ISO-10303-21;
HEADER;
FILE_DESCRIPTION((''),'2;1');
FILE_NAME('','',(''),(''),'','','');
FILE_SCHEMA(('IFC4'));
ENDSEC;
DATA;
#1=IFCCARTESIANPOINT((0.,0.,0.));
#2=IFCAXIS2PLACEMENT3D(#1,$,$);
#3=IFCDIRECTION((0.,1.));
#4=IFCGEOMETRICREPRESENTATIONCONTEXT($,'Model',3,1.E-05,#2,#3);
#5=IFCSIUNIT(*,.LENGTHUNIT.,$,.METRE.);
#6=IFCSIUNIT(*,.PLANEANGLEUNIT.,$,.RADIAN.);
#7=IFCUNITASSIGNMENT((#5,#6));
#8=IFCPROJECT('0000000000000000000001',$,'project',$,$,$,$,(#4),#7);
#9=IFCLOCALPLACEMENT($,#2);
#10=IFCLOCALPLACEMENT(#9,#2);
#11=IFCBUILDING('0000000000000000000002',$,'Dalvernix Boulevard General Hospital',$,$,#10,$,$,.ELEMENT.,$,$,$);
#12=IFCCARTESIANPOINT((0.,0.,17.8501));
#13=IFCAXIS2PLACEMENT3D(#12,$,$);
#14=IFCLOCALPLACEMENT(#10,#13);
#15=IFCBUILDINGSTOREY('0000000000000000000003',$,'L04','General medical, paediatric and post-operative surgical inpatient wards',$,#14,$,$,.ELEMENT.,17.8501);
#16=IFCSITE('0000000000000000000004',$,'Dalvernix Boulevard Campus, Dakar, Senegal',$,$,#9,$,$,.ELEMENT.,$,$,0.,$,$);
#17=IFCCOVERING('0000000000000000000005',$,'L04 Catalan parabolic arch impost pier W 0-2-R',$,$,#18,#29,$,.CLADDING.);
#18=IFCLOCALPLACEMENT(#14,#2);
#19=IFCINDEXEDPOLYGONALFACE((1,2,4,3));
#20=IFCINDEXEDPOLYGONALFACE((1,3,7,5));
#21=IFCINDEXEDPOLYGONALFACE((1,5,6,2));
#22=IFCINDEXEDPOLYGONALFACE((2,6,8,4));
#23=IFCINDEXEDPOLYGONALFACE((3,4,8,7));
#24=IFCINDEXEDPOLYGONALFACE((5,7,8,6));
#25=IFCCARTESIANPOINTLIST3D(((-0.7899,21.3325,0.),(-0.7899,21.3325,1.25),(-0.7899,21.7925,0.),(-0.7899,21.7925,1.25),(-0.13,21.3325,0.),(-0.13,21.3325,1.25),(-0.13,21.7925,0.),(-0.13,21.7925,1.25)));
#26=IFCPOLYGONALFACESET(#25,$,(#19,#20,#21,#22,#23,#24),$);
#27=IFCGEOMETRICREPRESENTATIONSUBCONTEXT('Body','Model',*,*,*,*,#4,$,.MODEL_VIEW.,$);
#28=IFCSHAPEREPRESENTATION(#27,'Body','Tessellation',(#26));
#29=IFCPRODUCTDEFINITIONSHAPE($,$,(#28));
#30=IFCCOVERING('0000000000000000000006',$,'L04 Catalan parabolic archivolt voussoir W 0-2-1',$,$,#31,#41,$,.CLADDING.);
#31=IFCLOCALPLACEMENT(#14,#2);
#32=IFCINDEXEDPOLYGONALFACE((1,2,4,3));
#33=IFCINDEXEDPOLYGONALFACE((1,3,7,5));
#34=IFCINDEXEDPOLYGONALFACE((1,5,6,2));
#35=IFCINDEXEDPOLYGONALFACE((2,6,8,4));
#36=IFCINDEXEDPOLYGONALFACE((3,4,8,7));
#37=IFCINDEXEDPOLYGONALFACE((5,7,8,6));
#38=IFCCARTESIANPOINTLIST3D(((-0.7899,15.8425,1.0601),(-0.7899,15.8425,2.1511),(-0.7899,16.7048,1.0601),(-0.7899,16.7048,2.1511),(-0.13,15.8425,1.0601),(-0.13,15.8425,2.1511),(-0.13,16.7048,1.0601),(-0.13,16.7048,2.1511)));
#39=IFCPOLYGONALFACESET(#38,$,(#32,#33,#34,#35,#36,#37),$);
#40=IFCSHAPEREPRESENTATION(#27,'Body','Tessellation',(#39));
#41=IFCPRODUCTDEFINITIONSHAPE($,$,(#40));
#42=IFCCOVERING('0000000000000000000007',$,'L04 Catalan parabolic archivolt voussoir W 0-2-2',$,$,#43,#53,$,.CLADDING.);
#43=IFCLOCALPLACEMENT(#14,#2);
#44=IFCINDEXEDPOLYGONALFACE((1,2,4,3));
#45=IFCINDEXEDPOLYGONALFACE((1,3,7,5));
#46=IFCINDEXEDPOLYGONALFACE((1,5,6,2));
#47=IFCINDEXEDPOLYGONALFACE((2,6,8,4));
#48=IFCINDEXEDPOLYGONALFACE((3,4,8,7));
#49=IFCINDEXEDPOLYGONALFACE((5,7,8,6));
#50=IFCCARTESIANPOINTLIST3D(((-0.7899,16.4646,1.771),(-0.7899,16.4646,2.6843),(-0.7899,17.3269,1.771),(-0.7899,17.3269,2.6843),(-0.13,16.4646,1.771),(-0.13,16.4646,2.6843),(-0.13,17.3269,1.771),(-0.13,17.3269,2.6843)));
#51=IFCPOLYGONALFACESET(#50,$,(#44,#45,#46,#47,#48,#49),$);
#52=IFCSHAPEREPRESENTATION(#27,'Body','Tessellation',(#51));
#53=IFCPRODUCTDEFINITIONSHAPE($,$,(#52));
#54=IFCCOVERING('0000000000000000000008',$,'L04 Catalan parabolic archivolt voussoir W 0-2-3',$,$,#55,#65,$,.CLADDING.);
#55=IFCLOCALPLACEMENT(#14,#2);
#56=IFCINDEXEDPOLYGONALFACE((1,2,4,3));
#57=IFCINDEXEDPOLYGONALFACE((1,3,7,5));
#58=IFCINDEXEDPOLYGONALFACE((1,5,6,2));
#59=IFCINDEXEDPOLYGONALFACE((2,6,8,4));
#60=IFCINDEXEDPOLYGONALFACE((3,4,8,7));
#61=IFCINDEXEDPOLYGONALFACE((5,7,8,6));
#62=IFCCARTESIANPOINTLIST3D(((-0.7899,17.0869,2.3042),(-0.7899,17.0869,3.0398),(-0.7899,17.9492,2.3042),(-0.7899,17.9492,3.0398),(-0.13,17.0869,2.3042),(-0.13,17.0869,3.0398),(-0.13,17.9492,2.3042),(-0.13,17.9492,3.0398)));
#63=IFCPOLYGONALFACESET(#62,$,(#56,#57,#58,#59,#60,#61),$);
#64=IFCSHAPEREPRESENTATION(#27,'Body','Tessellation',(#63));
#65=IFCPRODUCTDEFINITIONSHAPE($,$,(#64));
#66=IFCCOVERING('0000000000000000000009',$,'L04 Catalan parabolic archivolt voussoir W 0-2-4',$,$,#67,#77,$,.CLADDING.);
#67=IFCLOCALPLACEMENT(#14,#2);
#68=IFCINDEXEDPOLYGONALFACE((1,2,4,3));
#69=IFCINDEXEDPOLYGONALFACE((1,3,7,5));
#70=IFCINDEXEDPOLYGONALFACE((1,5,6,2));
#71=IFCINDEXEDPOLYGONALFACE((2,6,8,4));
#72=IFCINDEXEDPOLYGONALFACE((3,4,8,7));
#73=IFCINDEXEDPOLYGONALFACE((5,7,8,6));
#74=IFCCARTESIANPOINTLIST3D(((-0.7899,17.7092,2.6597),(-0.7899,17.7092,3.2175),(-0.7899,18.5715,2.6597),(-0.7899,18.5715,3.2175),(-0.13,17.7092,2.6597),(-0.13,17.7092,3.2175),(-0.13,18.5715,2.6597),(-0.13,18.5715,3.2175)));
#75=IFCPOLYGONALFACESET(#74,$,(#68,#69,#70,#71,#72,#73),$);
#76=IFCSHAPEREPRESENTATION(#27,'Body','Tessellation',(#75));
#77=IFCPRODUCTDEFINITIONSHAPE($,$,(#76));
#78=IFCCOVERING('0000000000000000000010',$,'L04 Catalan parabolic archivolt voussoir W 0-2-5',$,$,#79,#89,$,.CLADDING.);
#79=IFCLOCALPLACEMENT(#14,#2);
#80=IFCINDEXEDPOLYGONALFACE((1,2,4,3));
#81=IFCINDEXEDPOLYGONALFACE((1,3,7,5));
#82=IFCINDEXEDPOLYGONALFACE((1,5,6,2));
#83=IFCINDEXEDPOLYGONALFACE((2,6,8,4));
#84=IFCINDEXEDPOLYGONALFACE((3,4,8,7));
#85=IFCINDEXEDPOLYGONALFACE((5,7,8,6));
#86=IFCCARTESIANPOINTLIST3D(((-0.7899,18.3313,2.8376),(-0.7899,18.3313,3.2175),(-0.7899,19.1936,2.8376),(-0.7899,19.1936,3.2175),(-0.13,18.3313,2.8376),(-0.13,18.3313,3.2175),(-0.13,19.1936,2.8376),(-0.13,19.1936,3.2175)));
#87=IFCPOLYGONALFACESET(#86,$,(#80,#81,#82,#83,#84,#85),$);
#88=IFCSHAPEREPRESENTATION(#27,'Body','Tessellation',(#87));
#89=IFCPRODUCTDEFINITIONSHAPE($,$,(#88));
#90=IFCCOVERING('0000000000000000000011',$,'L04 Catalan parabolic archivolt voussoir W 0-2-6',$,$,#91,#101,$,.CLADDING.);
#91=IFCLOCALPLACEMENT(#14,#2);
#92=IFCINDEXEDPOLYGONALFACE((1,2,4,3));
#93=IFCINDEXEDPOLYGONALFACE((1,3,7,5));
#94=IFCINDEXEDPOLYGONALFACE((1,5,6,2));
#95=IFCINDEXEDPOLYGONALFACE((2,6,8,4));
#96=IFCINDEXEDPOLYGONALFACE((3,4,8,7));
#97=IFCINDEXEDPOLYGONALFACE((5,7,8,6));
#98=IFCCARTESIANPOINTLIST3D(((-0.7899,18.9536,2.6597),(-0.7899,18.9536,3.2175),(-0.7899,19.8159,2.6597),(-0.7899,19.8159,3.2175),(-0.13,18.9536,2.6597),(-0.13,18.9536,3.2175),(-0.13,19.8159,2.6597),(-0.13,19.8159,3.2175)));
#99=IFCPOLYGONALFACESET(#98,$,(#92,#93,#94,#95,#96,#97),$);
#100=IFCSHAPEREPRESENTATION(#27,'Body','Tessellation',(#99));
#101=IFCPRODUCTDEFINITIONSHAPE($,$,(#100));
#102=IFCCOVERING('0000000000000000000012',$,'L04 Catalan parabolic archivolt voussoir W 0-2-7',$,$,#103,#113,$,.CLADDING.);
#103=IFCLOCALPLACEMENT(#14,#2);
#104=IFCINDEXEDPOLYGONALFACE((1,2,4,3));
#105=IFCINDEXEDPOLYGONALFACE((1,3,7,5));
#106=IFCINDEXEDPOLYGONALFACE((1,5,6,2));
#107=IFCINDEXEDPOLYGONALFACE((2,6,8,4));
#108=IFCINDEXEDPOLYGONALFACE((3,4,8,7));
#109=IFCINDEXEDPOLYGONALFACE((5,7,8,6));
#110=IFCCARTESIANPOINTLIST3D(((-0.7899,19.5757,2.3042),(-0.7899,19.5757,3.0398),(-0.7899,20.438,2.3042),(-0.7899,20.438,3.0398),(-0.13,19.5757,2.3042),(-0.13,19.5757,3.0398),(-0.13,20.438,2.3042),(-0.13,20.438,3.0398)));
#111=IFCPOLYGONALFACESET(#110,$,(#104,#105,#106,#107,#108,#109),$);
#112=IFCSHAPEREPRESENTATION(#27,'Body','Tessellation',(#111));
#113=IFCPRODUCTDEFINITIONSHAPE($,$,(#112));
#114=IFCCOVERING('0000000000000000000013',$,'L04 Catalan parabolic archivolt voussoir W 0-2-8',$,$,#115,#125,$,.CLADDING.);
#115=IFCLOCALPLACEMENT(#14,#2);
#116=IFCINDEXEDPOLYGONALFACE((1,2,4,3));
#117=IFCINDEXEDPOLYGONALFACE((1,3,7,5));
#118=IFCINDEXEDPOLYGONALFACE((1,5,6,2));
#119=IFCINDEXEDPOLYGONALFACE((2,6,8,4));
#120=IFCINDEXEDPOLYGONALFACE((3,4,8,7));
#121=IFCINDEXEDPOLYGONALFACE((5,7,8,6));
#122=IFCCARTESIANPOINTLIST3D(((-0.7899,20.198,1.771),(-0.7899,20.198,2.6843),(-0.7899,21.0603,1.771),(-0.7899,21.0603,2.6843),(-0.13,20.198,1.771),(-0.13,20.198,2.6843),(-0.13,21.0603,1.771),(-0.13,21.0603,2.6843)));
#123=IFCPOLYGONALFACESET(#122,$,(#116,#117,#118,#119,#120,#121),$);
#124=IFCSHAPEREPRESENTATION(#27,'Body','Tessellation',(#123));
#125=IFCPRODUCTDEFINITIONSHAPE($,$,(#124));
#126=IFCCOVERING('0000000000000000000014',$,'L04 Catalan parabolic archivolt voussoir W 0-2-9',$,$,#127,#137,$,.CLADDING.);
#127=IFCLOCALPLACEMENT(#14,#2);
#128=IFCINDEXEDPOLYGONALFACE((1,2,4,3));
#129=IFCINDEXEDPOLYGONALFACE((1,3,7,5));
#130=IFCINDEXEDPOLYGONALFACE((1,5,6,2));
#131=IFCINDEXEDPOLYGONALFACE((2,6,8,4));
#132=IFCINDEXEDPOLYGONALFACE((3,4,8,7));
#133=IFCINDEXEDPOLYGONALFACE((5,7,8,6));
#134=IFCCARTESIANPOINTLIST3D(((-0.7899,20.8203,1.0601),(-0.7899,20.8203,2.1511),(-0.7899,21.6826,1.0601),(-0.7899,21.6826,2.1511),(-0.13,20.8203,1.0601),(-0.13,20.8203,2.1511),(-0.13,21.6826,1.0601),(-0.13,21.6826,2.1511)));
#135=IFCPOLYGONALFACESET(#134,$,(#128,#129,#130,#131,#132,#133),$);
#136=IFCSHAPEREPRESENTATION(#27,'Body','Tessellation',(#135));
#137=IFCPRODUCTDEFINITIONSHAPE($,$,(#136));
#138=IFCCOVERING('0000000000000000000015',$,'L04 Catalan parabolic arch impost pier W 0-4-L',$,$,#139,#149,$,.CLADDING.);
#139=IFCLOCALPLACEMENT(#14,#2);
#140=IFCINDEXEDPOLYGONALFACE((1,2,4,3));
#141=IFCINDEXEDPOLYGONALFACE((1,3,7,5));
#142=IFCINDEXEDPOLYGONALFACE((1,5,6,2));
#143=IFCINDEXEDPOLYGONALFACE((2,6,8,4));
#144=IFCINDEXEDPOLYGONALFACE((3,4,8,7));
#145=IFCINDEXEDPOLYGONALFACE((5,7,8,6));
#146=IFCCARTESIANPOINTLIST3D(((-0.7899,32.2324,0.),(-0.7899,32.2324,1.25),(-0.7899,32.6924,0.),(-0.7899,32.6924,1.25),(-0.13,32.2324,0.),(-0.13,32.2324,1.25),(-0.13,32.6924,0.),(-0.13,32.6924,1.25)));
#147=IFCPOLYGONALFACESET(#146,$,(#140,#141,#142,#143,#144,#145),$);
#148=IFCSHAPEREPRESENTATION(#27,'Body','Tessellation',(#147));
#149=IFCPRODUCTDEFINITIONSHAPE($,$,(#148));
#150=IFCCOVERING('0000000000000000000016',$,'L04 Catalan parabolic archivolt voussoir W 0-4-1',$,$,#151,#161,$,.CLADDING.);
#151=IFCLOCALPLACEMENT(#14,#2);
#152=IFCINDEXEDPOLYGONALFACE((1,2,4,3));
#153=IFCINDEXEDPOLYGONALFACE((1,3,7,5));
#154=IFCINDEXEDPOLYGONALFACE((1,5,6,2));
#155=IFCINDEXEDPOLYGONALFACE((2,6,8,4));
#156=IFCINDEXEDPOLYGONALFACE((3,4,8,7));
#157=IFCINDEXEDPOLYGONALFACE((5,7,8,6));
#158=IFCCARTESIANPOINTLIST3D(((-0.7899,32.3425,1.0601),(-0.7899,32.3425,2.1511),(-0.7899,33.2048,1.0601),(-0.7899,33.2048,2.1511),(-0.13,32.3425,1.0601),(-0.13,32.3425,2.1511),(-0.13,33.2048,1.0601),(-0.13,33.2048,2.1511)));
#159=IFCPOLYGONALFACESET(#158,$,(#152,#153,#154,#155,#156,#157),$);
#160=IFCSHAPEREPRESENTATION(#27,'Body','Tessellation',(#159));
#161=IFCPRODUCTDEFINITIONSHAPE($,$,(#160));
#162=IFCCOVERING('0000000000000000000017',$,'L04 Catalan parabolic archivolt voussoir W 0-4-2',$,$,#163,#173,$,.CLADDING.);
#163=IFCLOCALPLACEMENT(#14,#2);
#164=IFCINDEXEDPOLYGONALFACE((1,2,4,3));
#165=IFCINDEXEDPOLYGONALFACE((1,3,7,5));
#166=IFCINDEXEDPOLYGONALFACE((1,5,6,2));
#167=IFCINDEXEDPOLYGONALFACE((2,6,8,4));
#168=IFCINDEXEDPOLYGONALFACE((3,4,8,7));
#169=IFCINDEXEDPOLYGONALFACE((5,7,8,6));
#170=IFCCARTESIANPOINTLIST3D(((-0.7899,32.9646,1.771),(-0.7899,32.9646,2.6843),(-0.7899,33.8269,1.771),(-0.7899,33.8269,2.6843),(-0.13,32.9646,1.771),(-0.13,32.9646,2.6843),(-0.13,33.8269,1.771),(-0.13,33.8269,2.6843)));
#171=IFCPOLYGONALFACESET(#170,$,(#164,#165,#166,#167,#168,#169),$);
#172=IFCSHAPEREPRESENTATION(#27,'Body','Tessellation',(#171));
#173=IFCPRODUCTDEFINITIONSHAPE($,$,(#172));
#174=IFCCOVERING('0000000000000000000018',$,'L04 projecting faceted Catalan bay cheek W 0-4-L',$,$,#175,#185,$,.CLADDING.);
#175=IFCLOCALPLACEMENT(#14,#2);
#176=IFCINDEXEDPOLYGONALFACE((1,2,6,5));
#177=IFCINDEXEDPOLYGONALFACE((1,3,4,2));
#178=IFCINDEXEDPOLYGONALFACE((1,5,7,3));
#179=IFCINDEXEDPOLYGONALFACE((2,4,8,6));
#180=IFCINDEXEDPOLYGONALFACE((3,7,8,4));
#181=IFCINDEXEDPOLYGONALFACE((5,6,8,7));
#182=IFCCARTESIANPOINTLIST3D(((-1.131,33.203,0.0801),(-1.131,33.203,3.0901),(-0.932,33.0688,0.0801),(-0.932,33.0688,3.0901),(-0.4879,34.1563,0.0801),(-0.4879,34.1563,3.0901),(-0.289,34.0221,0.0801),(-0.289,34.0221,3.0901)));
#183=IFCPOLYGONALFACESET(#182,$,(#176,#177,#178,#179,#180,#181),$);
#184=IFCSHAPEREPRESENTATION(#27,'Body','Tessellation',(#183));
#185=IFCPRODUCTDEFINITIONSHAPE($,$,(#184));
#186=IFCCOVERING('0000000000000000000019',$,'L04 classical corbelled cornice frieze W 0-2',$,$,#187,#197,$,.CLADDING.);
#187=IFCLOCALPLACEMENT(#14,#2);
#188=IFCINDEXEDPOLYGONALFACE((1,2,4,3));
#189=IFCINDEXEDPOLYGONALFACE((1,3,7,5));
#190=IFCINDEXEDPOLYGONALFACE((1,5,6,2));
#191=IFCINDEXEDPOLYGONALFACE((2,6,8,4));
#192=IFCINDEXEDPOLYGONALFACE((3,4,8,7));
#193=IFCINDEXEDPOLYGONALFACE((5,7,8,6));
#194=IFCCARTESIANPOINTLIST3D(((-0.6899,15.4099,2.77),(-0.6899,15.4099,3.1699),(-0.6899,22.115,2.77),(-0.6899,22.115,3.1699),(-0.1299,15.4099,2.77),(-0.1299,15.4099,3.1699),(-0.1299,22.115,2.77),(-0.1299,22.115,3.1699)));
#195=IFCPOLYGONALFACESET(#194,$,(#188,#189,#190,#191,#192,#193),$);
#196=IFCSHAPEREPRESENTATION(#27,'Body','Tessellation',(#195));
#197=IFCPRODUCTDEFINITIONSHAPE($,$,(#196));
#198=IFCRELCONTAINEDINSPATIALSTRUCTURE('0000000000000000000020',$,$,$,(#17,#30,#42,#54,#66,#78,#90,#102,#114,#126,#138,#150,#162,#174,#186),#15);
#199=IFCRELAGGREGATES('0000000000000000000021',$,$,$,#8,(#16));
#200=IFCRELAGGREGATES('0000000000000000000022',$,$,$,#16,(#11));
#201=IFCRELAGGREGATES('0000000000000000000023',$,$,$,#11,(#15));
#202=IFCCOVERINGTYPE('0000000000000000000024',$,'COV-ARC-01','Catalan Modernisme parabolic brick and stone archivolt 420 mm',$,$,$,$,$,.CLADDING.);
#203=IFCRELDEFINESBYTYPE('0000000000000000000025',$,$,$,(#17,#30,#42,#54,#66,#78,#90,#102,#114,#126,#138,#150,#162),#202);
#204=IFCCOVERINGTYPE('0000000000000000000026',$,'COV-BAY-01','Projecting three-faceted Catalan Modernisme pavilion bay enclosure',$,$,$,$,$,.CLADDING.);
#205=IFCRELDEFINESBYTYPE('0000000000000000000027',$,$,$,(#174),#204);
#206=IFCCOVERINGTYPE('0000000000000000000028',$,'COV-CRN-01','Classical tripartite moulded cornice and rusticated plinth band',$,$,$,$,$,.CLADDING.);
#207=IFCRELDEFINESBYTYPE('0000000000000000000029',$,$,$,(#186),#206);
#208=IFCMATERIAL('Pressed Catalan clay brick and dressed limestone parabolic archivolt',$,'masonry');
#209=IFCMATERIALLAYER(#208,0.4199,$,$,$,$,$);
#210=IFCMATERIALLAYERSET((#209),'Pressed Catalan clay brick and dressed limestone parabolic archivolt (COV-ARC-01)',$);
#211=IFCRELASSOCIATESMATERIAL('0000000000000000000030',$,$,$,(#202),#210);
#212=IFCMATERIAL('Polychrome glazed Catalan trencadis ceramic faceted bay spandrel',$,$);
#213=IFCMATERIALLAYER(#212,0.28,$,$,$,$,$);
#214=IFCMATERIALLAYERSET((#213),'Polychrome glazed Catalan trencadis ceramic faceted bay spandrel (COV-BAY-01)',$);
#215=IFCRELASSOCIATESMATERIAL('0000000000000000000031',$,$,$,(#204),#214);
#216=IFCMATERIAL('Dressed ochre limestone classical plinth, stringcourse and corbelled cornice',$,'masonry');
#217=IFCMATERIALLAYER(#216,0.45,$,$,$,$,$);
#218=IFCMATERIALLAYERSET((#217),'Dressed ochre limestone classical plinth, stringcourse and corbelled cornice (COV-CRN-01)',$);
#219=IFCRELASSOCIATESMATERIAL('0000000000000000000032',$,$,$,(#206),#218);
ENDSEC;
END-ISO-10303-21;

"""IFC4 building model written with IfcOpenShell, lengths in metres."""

from ifc_helpers import new_model, si_unit, direction, frame, origin, origin_2d, place, context, subcontext, project, spatial, rectangle, extrude, material, layer, layer_set, type_object, element, save


model = new_model("IFC4")

# Units and contexts
model_context = context("Model", 3, precision=1e-05, world=origin(), true_north=direction((0.0, 1.0)))
body_context = subcontext(model_context, "Body", "Model", "MODEL_VIEW")
ifc_project = project(units=[si_unit("LENGTHUNIT", "METRE"), si_unit("PLANEANGLEUNIT", "RADIAN")], contexts=[model_context])

# Site, building, storey
site_placement = place(None, origin())
site = spatial("IfcSite", under=ifc_project, at=site_placement, Name="Dalvernix Boulevard Campus, Dakar, Senegal", CompositionType="ELEMENT", RefElevation=0.0)
building_placement = place(site_placement, origin())
building = spatial("IfcBuilding", under=site, at=building_placement, Name="Dalvernix Boulevard General Hospital", CompositionType="ELEMENT")
storey_placement = place(building_placement, frame((0.0, 0.0, 17.8501)))
storey = spatial("IfcBuildingStorey", under=building, at=storey_placement, Name="L04", Description="General medical, paediatric and post-operative surgical inpatient wards", CompositionType="ELEMENT", Elevation=17.8501)

# Coverings
ifc_material_1 = material(Name="Pressed Catalan clay brick and dressed limestone parabolic archivolt", Category="masonry")
ifc_layer_1 = layer(ifc_material_1, 0.4199)
ifc_layer_set_1 = layer_set([ifc_layer_1], Name="Pressed Catalan clay brick and dressed limestone parabolic archivolt (COV-ARC-01)")
covering_type_1 = type_object("IfcCoveringType", Name="COV-ARC-01", Description="Catalan Modernisme parabolic brick and stone archivolt 420 mm", PredefinedType="CLADDING", material=ifc_layer_set_1)
covering_1_placement = place(storey_placement, frame((-0.46, 21.5625, 0.0), z_axis=(0.0, 0.0, 1.0), x_axis=(0.0, 1.0, 0.0)))
element("IfcCovering", 1, at=covering_1_placement, inside=storey, type_object=covering_type_1, Name="L04 Catalan parabolic arch impost pier W 0-2-R", PredefinedType="CLADDING", context=body_context, shape_type="SweptSolid", body=[
    extrude(rectangle(XDim=0.46, YDim=0.6599, at=origin_2d()), origin(), (0.0, 0.0, 1.0), 1.25),
])
covering_2_placement = place(storey_placement, frame((-0.46, 16.2737, 1.0601), z_axis=(0.0, 0.0, 1.0), x_axis=(0.0, 1.0, 0.0)))
element("IfcCovering", 2, at=covering_2_placement, inside=storey, type_object=covering_type_1, Name="L04 Catalan parabolic archivolt voussoir W 0-2-1", PredefinedType="CLADDING", context=body_context, shape_type="SweptSolid", body=[
    extrude(rectangle(XDim=0.8623, YDim=0.6599, at=origin_2d()), origin(), (0.0, 0.0, 1.0), 1.0911),
])
covering_3_placement = place(storey_placement, frame((-0.46, 16.8958, 1.771), z_axis=(0.0, 0.0, 1.0), x_axis=(0.0, 1.0, 0.0)))
element("IfcCovering", 3, at=covering_3_placement, inside=storey, type_object=covering_type_1, Name="L04 Catalan parabolic archivolt voussoir W 0-2-2", PredefinedType="CLADDING", context=body_context, shape_type="SweptSolid", body=[
    extrude(rectangle(XDim=0.8623, YDim=0.6599, at=origin_2d()), origin(), (0.0, 0.0, 1.0), 0.9133),
])
covering_4_placement = place(storey_placement, frame((-0.46, 17.5181, 2.3042), z_axis=(0.0, 0.0, 1.0), x_axis=(0.0, 1.0, 0.0)))
element("IfcCovering", 4, at=covering_4_placement, inside=storey, type_object=covering_type_1, Name="L04 Catalan parabolic archivolt voussoir W 0-2-3", PredefinedType="CLADDING", context=body_context, shape_type="SweptSolid", body=[
    extrude(rectangle(XDim=0.8623, YDim=0.6599, at=origin_2d()), origin(), (0.0, 0.0, 1.0), 0.7356),
])
covering_5_placement = place(storey_placement, frame((-0.46, 18.1404, 2.6597), z_axis=(0.0, 0.0, 1.0), x_axis=(0.0, 1.0, 0.0)))
element("IfcCovering", 5, at=covering_5_placement, inside=storey, type_object=covering_type_1, Name="L04 Catalan parabolic archivolt voussoir W 0-2-4", PredefinedType="CLADDING", context=body_context, shape_type="SweptSolid", body=[
    extrude(rectangle(XDim=0.8623, YDim=0.6599, at=origin_2d()), origin(), (0.0, 0.0, 1.0), 0.5579),
])
covering_6_placement = place(storey_placement, frame((-0.46, 18.7625, 2.8376), z_axis=(0.0, 0.0, 1.0), x_axis=(0.0, 1.0, 0.0)))
element("IfcCovering", 6, at=covering_6_placement, inside=storey, type_object=covering_type_1, Name="L04 Catalan parabolic archivolt voussoir W 0-2-5", PredefinedType="CLADDING", context=body_context, shape_type="SweptSolid", body=[
    extrude(rectangle(XDim=0.8623, YDim=0.6599, at=origin_2d()), origin(), (0.0, 0.0, 1.0), 0.3799),
])
covering_7_placement = place(storey_placement, frame((-0.46, 19.3848, 2.6597), z_axis=(0.0, 0.0, 1.0), x_axis=(0.0, 1.0, 0.0)))
element("IfcCovering", 7, at=covering_7_placement, inside=storey, type_object=covering_type_1, Name="L04 Catalan parabolic archivolt voussoir W 0-2-6", PredefinedType="CLADDING", context=body_context, shape_type="SweptSolid", body=[
    extrude(rectangle(XDim=0.8623, YDim=0.6599, at=origin_2d()), origin(), (0.0, 0.0, 1.0), 0.5579),
])
covering_8_placement = place(storey_placement, frame((-0.46, 20.0068, 2.3042), z_axis=(0.0, 0.0, 1.0), x_axis=(0.0, 1.0, 0.0)))
element("IfcCovering", 8, at=covering_8_placement, inside=storey, type_object=covering_type_1, Name="L04 Catalan parabolic archivolt voussoir W 0-2-7", PredefinedType="CLADDING", context=body_context, shape_type="SweptSolid", body=[
    extrude(rectangle(XDim=0.8623, YDim=0.6599, at=origin_2d()), origin(), (0.0, 0.0, 1.0), 0.7356),
])
covering_9_placement = place(storey_placement, frame((-0.46, 20.6292, 1.771), z_axis=(0.0, 0.0, 1.0), x_axis=(0.0, 1.0, 0.0)))
element("IfcCovering", 9, at=covering_9_placement, inside=storey, type_object=covering_type_1, Name="L04 Catalan parabolic archivolt voussoir W 0-2-8", PredefinedType="CLADDING", context=body_context, shape_type="SweptSolid", body=[
    extrude(rectangle(XDim=0.8623, YDim=0.6599, at=origin_2d()), origin(), (0.0, 0.0, 1.0), 0.9133),
])
covering_10_placement = place(storey_placement, frame((-0.46, 21.2515, 1.0601), z_axis=(0.0, 0.0, 1.0), x_axis=(0.0, 1.0, 0.0)))
element("IfcCovering", 10, at=covering_10_placement, inside=storey, type_object=covering_type_1, Name="L04 Catalan parabolic archivolt voussoir W 0-2-9", PredefinedType="CLADDING", context=body_context, shape_type="SweptSolid", body=[
    extrude(rectangle(XDim=0.8623, YDim=0.6599, at=origin_2d()), origin(), (0.0, 0.0, 1.0), 1.0911),
])
covering_11_placement = place(storey_placement, frame((-0.46, 32.4624, 0.0), z_axis=(0.0, 0.0, 1.0), x_axis=(0.0, 1.0, 0.0)))
element("IfcCovering", 11, at=covering_11_placement, inside=storey, type_object=covering_type_1, Name="L04 Catalan parabolic arch impost pier W 0-4-L", PredefinedType="CLADDING", context=body_context, shape_type="SweptSolid", body=[
    extrude(rectangle(XDim=0.46, YDim=0.6599, at=origin_2d()), origin(), (0.0, 0.0, 1.0), 1.25),
])
covering_12_placement = place(storey_placement, frame((-0.46, 32.7737, 1.0601), z_axis=(0.0, 0.0, 1.0), x_axis=(0.0, 1.0, 0.0)))
element("IfcCovering", 12, at=covering_12_placement, inside=storey, type_object=covering_type_1, Name="L04 Catalan parabolic archivolt voussoir W 0-4-1", PredefinedType="CLADDING", context=body_context, shape_type="SweptSolid", body=[
    extrude(rectangle(XDim=0.8623, YDim=0.6599, at=origin_2d()), origin(), (0.0, 0.0, 1.0), 1.0911),
])
covering_13_placement = place(storey_placement, frame((-0.46, 33.3958, 1.771), z_axis=(0.0, 0.0, 1.0), x_axis=(0.0, 1.0, 0.0)))
element("IfcCovering", 13, at=covering_13_placement, inside=storey, type_object=covering_type_1, Name="L04 Catalan parabolic archivolt voussoir W 0-4-2", PredefinedType="CLADDING", context=body_context, shape_type="SweptSolid", body=[
    extrude(rectangle(XDim=0.8623, YDim=0.6599, at=origin_2d()), origin(), (0.0, 0.0, 1.0), 0.9133),
])
ifc_material_2 = material(Name="Polychrome glazed Catalan trencadis ceramic faceted bay spandrel")
ifc_layer_2 = layer(ifc_material_2, 0.28)
ifc_layer_set_2 = layer_set([ifc_layer_2], Name="Polychrome glazed Catalan trencadis ceramic faceted bay spandrel (COV-BAY-01)")
covering_type_2 = type_object("IfcCoveringType", Name="COV-BAY-01", Description="Projecting three-faceted Catalan Modernisme pavilion bay enclosure", PredefinedType="CLADDING", material=ifc_layer_set_2)
covering_14_placement = place(storey_placement, frame((-0.71, 33.6125, 0.0801), z_axis=(0.0, 0.0, 1.0), x_axis=(0.559193, 0.829038, 0.0)))
element("IfcCovering", 14, at=covering_14_placement, inside=storey, type_object=covering_type_2, Name="L04 projecting faceted Catalan bay cheek W 0-4-L", PredefinedType="CLADDING", context=body_context, shape_type="SweptSolid", body=[
    extrude(rectangle(XDim=1.1499, YDim=0.24, at=origin_2d()), origin(), (0.0, 0.0, 1.0), 3.01),
])
ifc_material_3 = material(Name="Dressed ochre limestone classical plinth, stringcourse and corbelled cornice", Category="masonry")
ifc_layer_3 = layer(ifc_material_3, 0.45)
ifc_layer_set_3 = layer_set([ifc_layer_3], Name="Dressed ochre limestone classical plinth, stringcourse and corbelled cornice (COV-CRN-01)")
covering_type_3 = type_object("IfcCoveringType", Name="COV-CRN-01", Description="Classical tripartite moulded cornice and rusticated plinth band", PredefinedType="CLADDING", material=ifc_layer_set_3)
covering_15_placement = place(storey_placement, frame((-0.4099, 18.7625, 2.77), z_axis=(0.0, 0.0, 1.0), x_axis=(0.0, 1.0, 0.0)))
element("IfcCovering", 15, at=covering_15_placement, inside=storey, type_object=covering_type_3, Name="L04 classical corbelled cornice frieze W 0-2", PredefinedType="CLADDING", context=body_context, shape_type="SweptSolid", body=[
    extrude(rectangle(XDim=6.7051, YDim=0.5601, at=origin_2d()), origin(), (0.0, 0.0, 1.0), 0.3999),
])

save(model, "model.ifc")
